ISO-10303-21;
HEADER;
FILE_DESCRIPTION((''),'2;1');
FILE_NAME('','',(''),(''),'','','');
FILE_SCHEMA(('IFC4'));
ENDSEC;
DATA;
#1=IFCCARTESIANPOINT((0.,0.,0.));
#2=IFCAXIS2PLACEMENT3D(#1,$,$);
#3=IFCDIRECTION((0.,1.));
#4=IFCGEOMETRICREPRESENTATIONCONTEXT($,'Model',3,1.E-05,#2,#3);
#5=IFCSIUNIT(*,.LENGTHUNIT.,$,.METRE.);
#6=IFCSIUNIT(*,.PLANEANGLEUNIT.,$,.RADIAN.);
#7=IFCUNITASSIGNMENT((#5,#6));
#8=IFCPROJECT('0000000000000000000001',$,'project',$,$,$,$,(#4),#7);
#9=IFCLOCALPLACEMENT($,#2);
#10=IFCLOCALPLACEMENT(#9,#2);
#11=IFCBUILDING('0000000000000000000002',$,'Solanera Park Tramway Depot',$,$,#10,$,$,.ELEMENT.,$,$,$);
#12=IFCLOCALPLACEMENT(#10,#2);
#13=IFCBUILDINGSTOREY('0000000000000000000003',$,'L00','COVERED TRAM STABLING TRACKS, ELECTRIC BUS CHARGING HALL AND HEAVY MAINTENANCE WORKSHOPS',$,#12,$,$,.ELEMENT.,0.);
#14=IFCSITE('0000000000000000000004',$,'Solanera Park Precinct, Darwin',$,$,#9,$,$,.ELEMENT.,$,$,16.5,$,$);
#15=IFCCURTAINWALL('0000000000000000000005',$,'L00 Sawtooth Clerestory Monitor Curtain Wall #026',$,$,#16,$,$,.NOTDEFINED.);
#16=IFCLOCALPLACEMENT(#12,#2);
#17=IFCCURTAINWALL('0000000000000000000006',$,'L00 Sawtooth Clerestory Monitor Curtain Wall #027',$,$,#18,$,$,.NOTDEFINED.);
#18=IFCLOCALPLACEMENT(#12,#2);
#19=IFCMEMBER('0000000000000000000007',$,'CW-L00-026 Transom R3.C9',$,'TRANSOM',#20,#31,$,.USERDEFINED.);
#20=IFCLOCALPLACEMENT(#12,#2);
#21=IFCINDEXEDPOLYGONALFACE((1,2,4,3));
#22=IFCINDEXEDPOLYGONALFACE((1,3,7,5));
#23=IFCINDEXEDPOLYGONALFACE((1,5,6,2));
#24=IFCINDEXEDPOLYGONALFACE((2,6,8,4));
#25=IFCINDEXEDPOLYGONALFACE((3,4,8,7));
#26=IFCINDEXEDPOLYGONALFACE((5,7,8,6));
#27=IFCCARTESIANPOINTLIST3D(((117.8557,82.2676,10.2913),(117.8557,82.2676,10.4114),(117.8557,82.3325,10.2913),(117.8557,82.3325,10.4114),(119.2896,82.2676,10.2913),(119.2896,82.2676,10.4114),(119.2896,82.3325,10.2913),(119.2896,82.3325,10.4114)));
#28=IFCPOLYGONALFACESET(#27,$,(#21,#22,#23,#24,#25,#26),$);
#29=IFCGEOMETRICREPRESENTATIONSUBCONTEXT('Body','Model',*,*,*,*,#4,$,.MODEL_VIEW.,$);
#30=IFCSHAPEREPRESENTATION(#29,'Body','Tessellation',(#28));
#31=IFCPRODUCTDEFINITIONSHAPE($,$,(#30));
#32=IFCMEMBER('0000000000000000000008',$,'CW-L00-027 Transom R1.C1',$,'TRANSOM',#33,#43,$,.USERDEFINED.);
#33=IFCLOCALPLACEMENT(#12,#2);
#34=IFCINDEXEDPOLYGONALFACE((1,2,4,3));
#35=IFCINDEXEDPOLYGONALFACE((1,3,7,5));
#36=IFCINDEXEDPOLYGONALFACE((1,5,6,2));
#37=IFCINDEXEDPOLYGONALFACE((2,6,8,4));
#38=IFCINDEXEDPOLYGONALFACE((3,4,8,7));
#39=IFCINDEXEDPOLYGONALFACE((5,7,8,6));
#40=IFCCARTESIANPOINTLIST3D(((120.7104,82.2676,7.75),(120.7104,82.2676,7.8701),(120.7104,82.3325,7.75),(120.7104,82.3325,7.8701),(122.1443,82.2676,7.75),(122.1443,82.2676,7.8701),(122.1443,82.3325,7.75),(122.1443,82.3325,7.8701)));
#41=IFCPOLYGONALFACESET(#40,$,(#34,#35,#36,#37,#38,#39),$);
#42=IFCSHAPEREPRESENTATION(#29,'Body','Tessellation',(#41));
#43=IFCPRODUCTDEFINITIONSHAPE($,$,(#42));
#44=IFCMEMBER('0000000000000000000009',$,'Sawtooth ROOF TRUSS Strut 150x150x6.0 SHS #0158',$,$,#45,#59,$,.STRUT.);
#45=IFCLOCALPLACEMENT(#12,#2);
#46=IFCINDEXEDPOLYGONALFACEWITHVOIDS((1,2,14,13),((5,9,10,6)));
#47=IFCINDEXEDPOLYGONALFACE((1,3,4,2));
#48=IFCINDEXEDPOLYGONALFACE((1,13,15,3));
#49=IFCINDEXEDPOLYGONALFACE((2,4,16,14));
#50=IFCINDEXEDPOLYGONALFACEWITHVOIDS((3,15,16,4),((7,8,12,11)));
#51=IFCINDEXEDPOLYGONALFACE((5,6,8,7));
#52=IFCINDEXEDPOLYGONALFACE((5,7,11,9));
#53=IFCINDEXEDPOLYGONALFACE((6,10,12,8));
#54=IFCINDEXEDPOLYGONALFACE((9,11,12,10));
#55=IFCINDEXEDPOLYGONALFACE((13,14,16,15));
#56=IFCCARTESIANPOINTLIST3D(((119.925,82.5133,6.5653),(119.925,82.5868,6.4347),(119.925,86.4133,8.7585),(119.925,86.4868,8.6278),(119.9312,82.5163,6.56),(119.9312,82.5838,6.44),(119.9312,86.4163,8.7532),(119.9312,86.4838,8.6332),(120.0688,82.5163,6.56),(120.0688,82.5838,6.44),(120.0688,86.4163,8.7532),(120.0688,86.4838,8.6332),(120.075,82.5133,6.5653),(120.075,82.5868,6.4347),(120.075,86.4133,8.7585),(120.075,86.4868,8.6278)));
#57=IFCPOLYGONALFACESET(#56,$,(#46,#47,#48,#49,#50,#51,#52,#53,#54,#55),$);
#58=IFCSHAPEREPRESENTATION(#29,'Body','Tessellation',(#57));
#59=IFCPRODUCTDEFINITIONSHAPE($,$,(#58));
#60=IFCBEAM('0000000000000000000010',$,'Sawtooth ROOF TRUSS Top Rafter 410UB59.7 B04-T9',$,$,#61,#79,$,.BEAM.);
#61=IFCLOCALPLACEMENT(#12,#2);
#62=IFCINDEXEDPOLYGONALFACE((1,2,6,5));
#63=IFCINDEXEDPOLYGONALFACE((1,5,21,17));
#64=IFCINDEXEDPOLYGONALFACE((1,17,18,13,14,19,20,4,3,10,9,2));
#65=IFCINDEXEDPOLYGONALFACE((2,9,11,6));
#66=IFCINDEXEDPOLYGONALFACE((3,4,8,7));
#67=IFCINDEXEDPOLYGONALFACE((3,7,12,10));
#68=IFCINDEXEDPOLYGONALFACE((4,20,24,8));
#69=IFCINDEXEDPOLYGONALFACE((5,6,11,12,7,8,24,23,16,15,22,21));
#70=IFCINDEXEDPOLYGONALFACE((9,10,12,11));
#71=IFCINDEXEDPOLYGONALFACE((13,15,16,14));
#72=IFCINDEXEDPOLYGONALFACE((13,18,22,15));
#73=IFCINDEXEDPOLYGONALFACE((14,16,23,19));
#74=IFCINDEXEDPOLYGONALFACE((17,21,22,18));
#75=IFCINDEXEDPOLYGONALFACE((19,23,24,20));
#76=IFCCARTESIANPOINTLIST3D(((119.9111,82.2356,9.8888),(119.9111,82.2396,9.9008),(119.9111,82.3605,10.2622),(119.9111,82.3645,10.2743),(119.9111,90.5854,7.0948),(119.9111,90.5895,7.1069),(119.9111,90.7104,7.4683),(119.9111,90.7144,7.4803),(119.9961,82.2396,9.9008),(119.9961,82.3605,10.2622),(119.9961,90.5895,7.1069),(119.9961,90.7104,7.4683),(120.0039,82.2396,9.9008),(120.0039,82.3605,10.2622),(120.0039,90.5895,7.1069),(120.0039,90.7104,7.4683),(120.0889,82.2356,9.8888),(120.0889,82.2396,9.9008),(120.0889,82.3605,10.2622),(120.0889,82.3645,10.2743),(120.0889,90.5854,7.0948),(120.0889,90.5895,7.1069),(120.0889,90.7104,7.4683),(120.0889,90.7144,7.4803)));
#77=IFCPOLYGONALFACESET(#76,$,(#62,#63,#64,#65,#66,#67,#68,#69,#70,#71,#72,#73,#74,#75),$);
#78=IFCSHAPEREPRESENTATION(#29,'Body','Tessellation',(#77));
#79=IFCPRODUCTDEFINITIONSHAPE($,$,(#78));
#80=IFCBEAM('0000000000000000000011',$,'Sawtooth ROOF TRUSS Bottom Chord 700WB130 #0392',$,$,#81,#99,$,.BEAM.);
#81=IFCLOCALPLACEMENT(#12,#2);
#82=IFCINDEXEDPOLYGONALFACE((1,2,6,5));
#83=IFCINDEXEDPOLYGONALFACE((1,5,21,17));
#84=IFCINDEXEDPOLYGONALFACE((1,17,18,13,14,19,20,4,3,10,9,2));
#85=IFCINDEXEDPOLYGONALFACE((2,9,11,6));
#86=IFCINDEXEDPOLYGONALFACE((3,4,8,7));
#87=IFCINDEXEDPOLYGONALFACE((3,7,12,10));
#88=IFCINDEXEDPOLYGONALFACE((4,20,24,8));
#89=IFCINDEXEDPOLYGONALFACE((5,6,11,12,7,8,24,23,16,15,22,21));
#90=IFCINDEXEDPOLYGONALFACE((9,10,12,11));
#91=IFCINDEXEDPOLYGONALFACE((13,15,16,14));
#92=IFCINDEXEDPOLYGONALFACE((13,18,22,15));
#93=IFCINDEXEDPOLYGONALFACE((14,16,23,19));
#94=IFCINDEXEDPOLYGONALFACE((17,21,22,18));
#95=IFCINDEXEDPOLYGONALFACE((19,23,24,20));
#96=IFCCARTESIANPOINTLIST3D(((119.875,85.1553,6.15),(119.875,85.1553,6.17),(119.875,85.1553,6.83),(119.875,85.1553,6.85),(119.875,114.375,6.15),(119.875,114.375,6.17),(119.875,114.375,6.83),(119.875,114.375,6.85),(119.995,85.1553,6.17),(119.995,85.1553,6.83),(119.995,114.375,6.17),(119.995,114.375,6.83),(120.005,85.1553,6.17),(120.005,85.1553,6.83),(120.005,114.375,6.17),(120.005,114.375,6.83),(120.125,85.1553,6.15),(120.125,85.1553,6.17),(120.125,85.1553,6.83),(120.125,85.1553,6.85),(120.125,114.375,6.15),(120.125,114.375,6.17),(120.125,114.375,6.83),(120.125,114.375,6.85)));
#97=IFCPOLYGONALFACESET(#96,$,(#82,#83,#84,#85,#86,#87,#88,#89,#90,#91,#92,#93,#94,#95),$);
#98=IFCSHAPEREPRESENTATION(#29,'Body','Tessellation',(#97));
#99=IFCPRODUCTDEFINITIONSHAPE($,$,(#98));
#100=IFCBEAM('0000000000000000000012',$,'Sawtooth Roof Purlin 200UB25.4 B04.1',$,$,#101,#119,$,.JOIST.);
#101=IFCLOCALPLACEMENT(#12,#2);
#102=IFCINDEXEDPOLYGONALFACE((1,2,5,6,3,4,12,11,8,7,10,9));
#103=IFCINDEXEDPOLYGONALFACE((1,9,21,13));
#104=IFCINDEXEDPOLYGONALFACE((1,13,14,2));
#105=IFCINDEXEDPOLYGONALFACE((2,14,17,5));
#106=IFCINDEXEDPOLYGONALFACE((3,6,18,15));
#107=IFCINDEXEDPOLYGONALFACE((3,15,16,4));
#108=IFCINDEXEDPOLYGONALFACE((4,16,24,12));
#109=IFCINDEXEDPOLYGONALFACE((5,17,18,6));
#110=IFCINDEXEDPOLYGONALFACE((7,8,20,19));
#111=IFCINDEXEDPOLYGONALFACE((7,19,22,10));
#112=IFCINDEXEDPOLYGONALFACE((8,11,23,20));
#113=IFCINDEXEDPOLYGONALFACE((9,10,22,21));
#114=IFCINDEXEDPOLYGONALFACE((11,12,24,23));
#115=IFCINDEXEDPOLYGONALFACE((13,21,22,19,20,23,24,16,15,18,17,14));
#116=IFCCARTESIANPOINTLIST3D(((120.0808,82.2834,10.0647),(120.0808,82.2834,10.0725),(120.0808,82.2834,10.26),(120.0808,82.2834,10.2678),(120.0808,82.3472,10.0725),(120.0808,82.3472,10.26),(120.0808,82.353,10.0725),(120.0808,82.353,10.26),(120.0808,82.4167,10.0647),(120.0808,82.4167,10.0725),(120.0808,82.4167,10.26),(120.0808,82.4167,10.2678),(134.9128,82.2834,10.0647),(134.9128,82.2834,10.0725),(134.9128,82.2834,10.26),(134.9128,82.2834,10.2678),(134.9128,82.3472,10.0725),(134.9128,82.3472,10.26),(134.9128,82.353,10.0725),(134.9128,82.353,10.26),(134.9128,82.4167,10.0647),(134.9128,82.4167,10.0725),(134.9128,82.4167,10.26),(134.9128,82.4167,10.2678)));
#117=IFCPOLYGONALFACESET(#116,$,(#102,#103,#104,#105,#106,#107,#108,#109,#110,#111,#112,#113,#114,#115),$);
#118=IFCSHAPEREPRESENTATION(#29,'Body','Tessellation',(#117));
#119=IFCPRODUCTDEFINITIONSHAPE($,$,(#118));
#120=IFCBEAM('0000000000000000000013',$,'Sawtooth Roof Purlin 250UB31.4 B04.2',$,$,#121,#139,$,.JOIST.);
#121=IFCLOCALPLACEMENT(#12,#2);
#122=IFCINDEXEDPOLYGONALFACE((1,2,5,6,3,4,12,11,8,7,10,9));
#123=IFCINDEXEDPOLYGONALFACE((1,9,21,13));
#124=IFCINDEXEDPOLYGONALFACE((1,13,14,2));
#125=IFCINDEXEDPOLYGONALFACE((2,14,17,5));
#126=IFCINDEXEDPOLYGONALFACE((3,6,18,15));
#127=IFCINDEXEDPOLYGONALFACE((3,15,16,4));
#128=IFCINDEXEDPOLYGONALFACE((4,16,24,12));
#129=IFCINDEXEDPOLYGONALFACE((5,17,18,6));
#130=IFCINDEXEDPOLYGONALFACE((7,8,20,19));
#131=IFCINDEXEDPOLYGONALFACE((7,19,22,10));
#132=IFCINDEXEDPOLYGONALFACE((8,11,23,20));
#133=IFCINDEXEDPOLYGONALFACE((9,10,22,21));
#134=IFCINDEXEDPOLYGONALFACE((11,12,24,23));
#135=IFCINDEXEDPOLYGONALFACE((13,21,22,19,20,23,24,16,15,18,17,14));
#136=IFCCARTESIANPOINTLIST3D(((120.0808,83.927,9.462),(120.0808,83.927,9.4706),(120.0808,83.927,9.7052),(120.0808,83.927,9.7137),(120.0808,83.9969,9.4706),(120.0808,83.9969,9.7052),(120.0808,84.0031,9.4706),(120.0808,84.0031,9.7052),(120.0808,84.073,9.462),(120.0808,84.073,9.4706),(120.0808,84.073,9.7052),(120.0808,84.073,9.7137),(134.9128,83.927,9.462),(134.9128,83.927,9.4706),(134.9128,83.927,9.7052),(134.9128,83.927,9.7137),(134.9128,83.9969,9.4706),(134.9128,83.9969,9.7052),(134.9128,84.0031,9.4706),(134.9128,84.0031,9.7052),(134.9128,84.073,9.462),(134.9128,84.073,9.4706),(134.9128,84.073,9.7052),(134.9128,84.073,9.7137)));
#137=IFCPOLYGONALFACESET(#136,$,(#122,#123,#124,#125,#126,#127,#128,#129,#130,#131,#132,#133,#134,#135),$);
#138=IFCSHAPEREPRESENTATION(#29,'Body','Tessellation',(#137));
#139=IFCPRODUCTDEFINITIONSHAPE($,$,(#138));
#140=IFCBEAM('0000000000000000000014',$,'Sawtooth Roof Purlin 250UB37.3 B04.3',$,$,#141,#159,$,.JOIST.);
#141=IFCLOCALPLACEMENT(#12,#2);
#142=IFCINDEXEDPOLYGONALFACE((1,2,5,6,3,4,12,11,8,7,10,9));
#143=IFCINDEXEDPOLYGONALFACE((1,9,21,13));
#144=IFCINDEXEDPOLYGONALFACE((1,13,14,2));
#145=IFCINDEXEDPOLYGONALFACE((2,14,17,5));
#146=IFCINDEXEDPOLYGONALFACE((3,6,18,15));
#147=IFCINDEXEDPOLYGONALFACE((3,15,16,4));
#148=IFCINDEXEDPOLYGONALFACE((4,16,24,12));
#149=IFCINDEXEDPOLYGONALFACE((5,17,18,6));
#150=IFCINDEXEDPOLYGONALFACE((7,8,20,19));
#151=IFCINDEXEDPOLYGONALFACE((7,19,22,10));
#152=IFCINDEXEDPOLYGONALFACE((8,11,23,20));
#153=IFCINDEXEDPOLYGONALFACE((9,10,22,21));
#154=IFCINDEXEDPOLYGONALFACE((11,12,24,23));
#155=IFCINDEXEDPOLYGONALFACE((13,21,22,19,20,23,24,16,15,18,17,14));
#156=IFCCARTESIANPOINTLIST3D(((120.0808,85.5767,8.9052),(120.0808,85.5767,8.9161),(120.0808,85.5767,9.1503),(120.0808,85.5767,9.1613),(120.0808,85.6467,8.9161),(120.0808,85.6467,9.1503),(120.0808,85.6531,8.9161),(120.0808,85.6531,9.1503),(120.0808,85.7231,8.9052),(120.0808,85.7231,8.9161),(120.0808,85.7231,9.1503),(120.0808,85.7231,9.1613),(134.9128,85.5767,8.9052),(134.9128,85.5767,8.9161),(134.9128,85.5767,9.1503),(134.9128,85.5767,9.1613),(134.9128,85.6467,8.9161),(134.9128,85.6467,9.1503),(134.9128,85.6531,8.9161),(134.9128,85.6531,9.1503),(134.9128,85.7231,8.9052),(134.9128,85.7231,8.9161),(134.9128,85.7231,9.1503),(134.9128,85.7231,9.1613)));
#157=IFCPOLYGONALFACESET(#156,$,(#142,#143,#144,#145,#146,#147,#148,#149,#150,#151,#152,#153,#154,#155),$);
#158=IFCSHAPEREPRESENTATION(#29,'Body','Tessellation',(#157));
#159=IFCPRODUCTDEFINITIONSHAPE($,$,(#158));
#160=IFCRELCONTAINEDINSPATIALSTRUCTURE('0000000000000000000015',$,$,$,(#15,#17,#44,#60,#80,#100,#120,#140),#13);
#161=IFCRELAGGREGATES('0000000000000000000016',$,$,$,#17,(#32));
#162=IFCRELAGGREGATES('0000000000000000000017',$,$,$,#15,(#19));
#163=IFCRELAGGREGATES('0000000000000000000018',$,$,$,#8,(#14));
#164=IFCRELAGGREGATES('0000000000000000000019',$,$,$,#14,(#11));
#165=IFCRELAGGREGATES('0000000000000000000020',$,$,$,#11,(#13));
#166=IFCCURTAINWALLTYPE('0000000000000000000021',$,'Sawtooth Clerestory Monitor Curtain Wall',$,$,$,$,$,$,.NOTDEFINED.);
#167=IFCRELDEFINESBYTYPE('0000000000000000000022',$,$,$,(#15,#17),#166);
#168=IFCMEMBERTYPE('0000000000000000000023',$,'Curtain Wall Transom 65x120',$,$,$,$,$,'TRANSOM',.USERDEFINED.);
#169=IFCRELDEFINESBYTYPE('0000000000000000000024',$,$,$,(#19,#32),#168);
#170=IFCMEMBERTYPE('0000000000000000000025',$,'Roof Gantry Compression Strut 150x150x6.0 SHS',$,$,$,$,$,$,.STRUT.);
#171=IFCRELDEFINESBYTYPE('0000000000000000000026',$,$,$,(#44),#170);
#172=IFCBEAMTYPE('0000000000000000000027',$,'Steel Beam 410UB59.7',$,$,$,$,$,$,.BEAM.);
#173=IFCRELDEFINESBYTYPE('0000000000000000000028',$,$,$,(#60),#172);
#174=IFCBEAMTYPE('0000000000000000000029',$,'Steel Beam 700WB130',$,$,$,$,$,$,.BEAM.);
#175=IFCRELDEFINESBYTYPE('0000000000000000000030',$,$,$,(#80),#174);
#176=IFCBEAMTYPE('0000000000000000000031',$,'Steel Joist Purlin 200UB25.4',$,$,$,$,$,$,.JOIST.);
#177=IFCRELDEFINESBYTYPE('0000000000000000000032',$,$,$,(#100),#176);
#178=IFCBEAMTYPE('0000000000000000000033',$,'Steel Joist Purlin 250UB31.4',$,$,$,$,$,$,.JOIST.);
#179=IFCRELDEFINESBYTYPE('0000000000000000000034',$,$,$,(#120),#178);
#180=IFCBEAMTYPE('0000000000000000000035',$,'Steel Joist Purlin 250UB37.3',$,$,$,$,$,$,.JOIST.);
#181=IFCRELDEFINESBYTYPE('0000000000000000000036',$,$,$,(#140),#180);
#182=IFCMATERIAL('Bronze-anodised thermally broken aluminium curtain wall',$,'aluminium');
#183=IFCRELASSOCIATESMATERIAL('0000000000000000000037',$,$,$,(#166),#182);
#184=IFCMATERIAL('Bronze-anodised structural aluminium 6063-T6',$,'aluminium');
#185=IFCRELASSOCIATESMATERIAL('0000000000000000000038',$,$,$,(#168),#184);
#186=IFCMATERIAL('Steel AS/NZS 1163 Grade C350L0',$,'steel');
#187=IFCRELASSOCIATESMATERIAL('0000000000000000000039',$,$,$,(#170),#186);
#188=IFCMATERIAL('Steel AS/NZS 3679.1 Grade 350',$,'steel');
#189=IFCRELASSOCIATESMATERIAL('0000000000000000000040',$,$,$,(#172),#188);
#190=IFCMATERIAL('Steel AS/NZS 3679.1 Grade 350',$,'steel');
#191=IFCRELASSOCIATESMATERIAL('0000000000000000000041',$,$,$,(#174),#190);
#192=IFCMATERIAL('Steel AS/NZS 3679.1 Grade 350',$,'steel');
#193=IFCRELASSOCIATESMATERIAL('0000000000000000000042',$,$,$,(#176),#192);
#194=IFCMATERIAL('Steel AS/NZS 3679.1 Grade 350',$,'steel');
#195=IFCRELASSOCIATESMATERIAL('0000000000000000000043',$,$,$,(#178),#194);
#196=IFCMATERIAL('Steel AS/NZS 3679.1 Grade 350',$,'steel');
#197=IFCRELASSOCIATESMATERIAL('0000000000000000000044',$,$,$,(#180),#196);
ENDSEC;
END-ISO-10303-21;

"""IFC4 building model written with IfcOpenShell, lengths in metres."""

from ifc_helpers import new_model, si_unit, direction, frame, origin, origin_2d, place, context, subcontext, project, spatial, rectangle, hollow_rectangle, i_section, extrude, material, material_profile, profile_set, type_object, element, aggregate, save


model = new_model("IFC4")

# Units and contexts
model_context = context("Model", 3, precision=1e-05, world=origin(), true_north=direction((0.0, 1.0)))
body_context = subcontext(model_context, "Body", "Model", "MODEL_VIEW")
ifc_project = project(units=[si_unit("LENGTHUNIT", "METRE"), si_unit("PLANEANGLEUNIT", "RADIAN")], contexts=[model_context])

# Site, building, storey
site_placement = place(None, origin())
site = spatial("IfcSite", under=ifc_project, at=site_placement, Name="Solanera Park Precinct, Darwin", CompositionType="ELEMENT", RefElevation=16.5)
building_placement = place(site_placement, origin())
building = spatial("IfcBuilding", under=site, at=building_placement, Name="Solanera Park Tramway Depot", CompositionType="ELEMENT")
storey_placement = place(building_placement, origin())
storey = spatial("IfcBuildingStorey", under=building, at=storey_placement, Name="L00", Description="COVERED TRAM STABLING TRACKS, ELECTRIC BUS CHARGING HALL AND HEAVY MAINTENANCE WORKSHOPS", CompositionType="ELEMENT", Elevation=0.0)

# Curtain wall
ifc_material_1 = material(Name="Bronze-anodised thermally broken aluminium curtain wall", Category="aluminium")
curtain_wall_type = type_object("IfcCurtainWallType", Name="Sawtooth Clerestory Monitor Curtain Wall", PredefinedType="NOTDEFINED", material=ifc_material_1)
curtain_wall_1_placement = place(storey_placement, origin())
curtain_wall_1 = element("IfcCurtainWall", 1, at=curtain_wall_1_placement, inside=storey, type_object=curtain_wall_type, Name="L00 Sawtooth Clerestory Monitor Curtain Wall #026", PredefinedType="NOTDEFINED")

# Curtain wall
curtain_wall_2_placement = place(storey_placement, origin())
curtain_wall_2 = element("IfcCurtainWall", 2, at=curtain_wall_2_placement, inside=storey, type_object=curtain_wall_type, Name="L00 Sawtooth Clerestory Monitor Curtain Wall #027", PredefinedType="NOTDEFINED")

# Members
ifc_material_2 = material(Name="Bronze-anodised structural aluminium 6063-T6", Category="aluminium")
ifc_material_profile_1 = material_profile(ifc_material_2, rectangle(XDim=0.0649, YDim=0.1201, at=origin_2d()), Name="Curtain Wall Transom 65x120")
ifc_profile_set_1 = profile_set([ifc_material_profile_1], Name="Bronze-anodised structural aluminium 6063-T6")
member_type_1 = type_object("IfcMemberType", Name="Curtain Wall Transom 65x120", ElementType="TRANSOM", PredefinedType="USERDEFINED", material=ifc_profile_set_1)
member_1_placement = place(storey_placement, frame((117.8557, 82.3, 10.3513), z_axis=(1.0, 0.0, 0.0), x_axis=(0.0, 1.0, 0.0)))
member_1 = element("IfcMember", 3, at=member_1_placement, type_object=member_type_1, Name="CW-L00-026 Transom R3.C9", ObjectType="TRANSOM", PredefinedType="USERDEFINED", context=body_context, shape_type="SweptSolid", body=[
    extrude(rectangle(XDim=0.0649, YDim=0.1201, at=origin_2d()), origin(), (0.0, 0.0, 1.0), 1.4338),
])
member_2_placement = place(storey_placement, frame((120.7104, 82.3, 7.8101), z_axis=(1.0, 0.0, 0.0), x_axis=(0.0, 1.0, 0.0)))
member_2 = element("IfcMember", 4, at=member_2_placement, type_object=member_type_1, Name="CW-L00-027 Transom R1.C1", ObjectType="TRANSOM", PredefinedType="USERDEFINED", context=body_context, shape_type="SweptSolid", body=[
    extrude(rectangle(XDim=0.0649, YDim=0.1201, at=origin_2d()), origin(), (0.0, 0.0, 1.0), 1.4338),
])
aggregate(curtain_wall_2, [member_2])
ifc_material_3 = material(Name="Steel AS/NZS 1163 Grade C350L0", Category="steel")
ifc_material_profile_2 = material_profile(ifc_material_3, hollow_rectangle(XDim=0.1499, YDim=0.1499, WallThickness=0.0061, at=origin_2d()), Name="150x150x6.0 SHS")
ifc_profile_set_2 = profile_set([ifc_material_profile_2], Name="Steel AS/NZS 1163 Grade C350L0")
member_type_2 = type_object("IfcMemberType", Name="Roof Gantry Compression Strut 150x150x6.0 SHS", PredefinedType="STRUT", material=ifc_profile_set_2)
member_3_placement = place(storey_placement, frame((120.0, 82.55, 6.5), z_axis=(0.0, 0.871631, 0.490163), x_axis=(-1.0, 0.0, 0.0)))
element("IfcMember", 5, at=member_3_placement, inside=storey, type_object=member_type_2, Name="Sawtooth ROOF TRUSS Strut 150x150x6.0 SHS #0158", PredefinedType="STRUT", context=body_context, shape_type="SweptSolid", body=[
    extrude(hollow_rectangle(XDim=0.1499, YDim=0.1499, WallThickness=0.0061, at=origin_2d()), origin(), (0.0, 0.0, 1.0), 4.4744),
])

# Beams
ifc_material_4 = material(Name="Steel AS/NZS 3679.1 Grade 350", Category="steel")
ifc_material_profile_3 = material_profile(ifc_material_4, i_section(OverallWidth=0.1777, OverallDepth=0.4065, WebThickness=0.0078, FlangeThickness=0.0127, at=origin_2d()), Name="410UB59.7")
ifc_profile_set_3 = profile_set([ifc_material_profile_3], Name="Steel AS/NZS 3679.1 Grade 350")
beam_type_1 = type_object("IfcBeamType", Name="Steel Beam 410UB59.7", PredefinedType="BEAM", material=ifc_profile_set_3)
beam_1_placement = place(storey_placement, frame((120.0, 82.3, 10.0815), z_axis=(0.0, 0.948319, -0.317317), x_axis=(-1.0, 0.0, 0.0)))
element("IfcBeam", 6, at=beam_1_placement, inside=storey, type_object=beam_type_1, Name="Sawtooth ROOF TRUSS Top Rafter 410UB59.7 B04-T9", PredefinedType="BEAM", context=body_context, shape_type="SweptSolid", body=[
    extrude(i_section(OverallWidth=0.1777, OverallDepth=0.4065, WebThickness=0.0078, FlangeThickness=0.0127, at=origin_2d()), origin(), (0.0, 0.0, 1.0), 8.8049),
])
ifc_material_5 = material(Name="Steel AS/NZS 3679.1 Grade 350", Category="steel")
ifc_material_profile_4 = material_profile(ifc_material_5, i_section(OverallWidth=0.25, OverallDepth=0.7, WebThickness=0.01, FlangeThickness=0.02, at=origin_2d()), Name="700WB130")
ifc_profile_set_4 = profile_set([ifc_material_profile_4], Name="Steel AS/NZS 3679.1 Grade 350")
beam_type_2 = type_object("IfcBeamType", Name="Steel Beam 700WB130", PredefinedType="BEAM", material=ifc_profile_set_4)
beam_2_placement = place(storey_placement, frame((120.0, 85.1553, 6.5), z_axis=(0.0, 1.0, 0.0), x_axis=(-1.0, 0.0, 0.0)))
element("IfcBeam", 7, at=beam_2_placement, inside=storey, type_object=beam_type_2, Name="Sawtooth ROOF TRUSS Bottom Chord 700WB130 #0392", PredefinedType="BEAM", context=body_context, shape_type="SweptSolid", body=[
    extrude(i_section(OverallWidth=0.25, OverallDepth=0.7, WebThickness=0.01, FlangeThickness=0.02, at=origin_2d()), origin(), (0.0, 0.0, 1.0), 29.2197),
])
ifc_material_6 = material(Name="Steel AS/NZS 3679.1 Grade 350", Category="steel")
ifc_material_profile_5 = material_profile(ifc_material_6, i_section(OverallWidth=0.1333, OverallDepth=0.2031, WebThickness=0.0059, FlangeThickness=0.0078, at=origin_2d()), Name="200UB25.4")
ifc_profile_set_5 = profile_set([ifc_material_profile_5], Name="Steel AS/NZS 3679.1 Grade 350")
beam_type_3 = type_object("IfcBeamType", Name="Steel Joist Purlin 200UB25.4", PredefinedType="JOIST", material=ifc_profile_set_5)
beam_3_placement = place(storey_placement, frame((120.0808, 82.3501, 10.1663), z_axis=(1.0, 0.0, 0.0), x_axis=(0.0, 1.0, 0.0)))
element("IfcBeam", 8, at=beam_3_placement, inside=storey, type_object=beam_type_3, Name="Sawtooth Roof Purlin 200UB25.4 B04.1", PredefinedType="JOIST", context=body_context, shape_type="SweptSolid", body=[
    extrude(i_section(OverallWidth=0.1333, OverallDepth=0.2031, WebThickness=0.0059, FlangeThickness=0.0078, at=origin_2d()), origin(), (0.0, 0.0, 1.0), 14.832),
])
ifc_material_7 = material(Name="Steel AS/NZS 3679.1 Grade 350", Category="steel")
ifc_material_profile_6 = material_profile(ifc_material_7, i_section(OverallWidth=0.146, OverallDepth=0.2517, WebThickness=0.0061, FlangeThickness=0.0085, at=origin_2d()), Name="250UB31.4")
ifc_profile_set_6 = profile_set([ifc_material_profile_6], Name="Steel AS/NZS 3679.1 Grade 350")
beam_type_4 = type_object("IfcBeamType", Name="Steel Joist Purlin 250UB31.4", PredefinedType="JOIST", material=ifc_profile_set_6)
beam_4_placement = place(storey_placement, frame((120.0808, 84.0, 9.5879), z_axis=(1.0, 0.0, 0.0), x_axis=(0.0, 1.0, 0.0)))
element("IfcBeam", 9, at=beam_4_placement, inside=storey, type_object=beam_type_4, Name="Sawtooth Roof Purlin 250UB31.4 B04.2", PredefinedType="JOIST", context=body_context, shape_type="SweptSolid", body=[
    extrude(i_section(OverallWidth=0.146, OverallDepth=0.2517, WebThickness=0.0061, FlangeThickness=0.0085, at=origin_2d()), origin(), (0.0, 0.0, 1.0), 14.832),
])
ifc_material_8 = material(Name="Steel AS/NZS 3679.1 Grade 350", Category="steel")
ifc_material_profile_7 = material_profile(ifc_material_8, i_section(OverallWidth=0.1465, OverallDepth=0.2561, WebThickness=0.0063, FlangeThickness=0.011, at=origin_2d()), Name="250UB37.3")
ifc_profile_set_7 = profile_set([ifc_material_profile_7], Name="Steel AS/NZS 3679.1 Grade 350")
beam_type_5 = type_object("IfcBeamType", Name="Steel Joist Purlin 250UB37.3", PredefinedType="JOIST", material=ifc_profile_set_7)
beam_5_placement = place(storey_placement, frame((120.0808, 85.6499, 9.0332), z_axis=(1.0, 0.0, 0.0), x_axis=(0.0, 1.0, 0.0)))
element("IfcBeam", 10, at=beam_5_placement, inside=storey, type_object=beam_type_5, Name="Sawtooth Roof Purlin 250UB37.3 B04.3", PredefinedType="JOIST", context=body_context, shape_type="SweptSolid", body=[
    extrude(i_section(OverallWidth=0.1465, OverallDepth=0.2561, WebThickness=0.0063, FlangeThickness=0.011, at=origin_2d()), origin(), (0.0, 0.0, 1.0), 14.832),
])

aggregate(curtain_wall_1, [member_1])

save(model, "model.ifc")
